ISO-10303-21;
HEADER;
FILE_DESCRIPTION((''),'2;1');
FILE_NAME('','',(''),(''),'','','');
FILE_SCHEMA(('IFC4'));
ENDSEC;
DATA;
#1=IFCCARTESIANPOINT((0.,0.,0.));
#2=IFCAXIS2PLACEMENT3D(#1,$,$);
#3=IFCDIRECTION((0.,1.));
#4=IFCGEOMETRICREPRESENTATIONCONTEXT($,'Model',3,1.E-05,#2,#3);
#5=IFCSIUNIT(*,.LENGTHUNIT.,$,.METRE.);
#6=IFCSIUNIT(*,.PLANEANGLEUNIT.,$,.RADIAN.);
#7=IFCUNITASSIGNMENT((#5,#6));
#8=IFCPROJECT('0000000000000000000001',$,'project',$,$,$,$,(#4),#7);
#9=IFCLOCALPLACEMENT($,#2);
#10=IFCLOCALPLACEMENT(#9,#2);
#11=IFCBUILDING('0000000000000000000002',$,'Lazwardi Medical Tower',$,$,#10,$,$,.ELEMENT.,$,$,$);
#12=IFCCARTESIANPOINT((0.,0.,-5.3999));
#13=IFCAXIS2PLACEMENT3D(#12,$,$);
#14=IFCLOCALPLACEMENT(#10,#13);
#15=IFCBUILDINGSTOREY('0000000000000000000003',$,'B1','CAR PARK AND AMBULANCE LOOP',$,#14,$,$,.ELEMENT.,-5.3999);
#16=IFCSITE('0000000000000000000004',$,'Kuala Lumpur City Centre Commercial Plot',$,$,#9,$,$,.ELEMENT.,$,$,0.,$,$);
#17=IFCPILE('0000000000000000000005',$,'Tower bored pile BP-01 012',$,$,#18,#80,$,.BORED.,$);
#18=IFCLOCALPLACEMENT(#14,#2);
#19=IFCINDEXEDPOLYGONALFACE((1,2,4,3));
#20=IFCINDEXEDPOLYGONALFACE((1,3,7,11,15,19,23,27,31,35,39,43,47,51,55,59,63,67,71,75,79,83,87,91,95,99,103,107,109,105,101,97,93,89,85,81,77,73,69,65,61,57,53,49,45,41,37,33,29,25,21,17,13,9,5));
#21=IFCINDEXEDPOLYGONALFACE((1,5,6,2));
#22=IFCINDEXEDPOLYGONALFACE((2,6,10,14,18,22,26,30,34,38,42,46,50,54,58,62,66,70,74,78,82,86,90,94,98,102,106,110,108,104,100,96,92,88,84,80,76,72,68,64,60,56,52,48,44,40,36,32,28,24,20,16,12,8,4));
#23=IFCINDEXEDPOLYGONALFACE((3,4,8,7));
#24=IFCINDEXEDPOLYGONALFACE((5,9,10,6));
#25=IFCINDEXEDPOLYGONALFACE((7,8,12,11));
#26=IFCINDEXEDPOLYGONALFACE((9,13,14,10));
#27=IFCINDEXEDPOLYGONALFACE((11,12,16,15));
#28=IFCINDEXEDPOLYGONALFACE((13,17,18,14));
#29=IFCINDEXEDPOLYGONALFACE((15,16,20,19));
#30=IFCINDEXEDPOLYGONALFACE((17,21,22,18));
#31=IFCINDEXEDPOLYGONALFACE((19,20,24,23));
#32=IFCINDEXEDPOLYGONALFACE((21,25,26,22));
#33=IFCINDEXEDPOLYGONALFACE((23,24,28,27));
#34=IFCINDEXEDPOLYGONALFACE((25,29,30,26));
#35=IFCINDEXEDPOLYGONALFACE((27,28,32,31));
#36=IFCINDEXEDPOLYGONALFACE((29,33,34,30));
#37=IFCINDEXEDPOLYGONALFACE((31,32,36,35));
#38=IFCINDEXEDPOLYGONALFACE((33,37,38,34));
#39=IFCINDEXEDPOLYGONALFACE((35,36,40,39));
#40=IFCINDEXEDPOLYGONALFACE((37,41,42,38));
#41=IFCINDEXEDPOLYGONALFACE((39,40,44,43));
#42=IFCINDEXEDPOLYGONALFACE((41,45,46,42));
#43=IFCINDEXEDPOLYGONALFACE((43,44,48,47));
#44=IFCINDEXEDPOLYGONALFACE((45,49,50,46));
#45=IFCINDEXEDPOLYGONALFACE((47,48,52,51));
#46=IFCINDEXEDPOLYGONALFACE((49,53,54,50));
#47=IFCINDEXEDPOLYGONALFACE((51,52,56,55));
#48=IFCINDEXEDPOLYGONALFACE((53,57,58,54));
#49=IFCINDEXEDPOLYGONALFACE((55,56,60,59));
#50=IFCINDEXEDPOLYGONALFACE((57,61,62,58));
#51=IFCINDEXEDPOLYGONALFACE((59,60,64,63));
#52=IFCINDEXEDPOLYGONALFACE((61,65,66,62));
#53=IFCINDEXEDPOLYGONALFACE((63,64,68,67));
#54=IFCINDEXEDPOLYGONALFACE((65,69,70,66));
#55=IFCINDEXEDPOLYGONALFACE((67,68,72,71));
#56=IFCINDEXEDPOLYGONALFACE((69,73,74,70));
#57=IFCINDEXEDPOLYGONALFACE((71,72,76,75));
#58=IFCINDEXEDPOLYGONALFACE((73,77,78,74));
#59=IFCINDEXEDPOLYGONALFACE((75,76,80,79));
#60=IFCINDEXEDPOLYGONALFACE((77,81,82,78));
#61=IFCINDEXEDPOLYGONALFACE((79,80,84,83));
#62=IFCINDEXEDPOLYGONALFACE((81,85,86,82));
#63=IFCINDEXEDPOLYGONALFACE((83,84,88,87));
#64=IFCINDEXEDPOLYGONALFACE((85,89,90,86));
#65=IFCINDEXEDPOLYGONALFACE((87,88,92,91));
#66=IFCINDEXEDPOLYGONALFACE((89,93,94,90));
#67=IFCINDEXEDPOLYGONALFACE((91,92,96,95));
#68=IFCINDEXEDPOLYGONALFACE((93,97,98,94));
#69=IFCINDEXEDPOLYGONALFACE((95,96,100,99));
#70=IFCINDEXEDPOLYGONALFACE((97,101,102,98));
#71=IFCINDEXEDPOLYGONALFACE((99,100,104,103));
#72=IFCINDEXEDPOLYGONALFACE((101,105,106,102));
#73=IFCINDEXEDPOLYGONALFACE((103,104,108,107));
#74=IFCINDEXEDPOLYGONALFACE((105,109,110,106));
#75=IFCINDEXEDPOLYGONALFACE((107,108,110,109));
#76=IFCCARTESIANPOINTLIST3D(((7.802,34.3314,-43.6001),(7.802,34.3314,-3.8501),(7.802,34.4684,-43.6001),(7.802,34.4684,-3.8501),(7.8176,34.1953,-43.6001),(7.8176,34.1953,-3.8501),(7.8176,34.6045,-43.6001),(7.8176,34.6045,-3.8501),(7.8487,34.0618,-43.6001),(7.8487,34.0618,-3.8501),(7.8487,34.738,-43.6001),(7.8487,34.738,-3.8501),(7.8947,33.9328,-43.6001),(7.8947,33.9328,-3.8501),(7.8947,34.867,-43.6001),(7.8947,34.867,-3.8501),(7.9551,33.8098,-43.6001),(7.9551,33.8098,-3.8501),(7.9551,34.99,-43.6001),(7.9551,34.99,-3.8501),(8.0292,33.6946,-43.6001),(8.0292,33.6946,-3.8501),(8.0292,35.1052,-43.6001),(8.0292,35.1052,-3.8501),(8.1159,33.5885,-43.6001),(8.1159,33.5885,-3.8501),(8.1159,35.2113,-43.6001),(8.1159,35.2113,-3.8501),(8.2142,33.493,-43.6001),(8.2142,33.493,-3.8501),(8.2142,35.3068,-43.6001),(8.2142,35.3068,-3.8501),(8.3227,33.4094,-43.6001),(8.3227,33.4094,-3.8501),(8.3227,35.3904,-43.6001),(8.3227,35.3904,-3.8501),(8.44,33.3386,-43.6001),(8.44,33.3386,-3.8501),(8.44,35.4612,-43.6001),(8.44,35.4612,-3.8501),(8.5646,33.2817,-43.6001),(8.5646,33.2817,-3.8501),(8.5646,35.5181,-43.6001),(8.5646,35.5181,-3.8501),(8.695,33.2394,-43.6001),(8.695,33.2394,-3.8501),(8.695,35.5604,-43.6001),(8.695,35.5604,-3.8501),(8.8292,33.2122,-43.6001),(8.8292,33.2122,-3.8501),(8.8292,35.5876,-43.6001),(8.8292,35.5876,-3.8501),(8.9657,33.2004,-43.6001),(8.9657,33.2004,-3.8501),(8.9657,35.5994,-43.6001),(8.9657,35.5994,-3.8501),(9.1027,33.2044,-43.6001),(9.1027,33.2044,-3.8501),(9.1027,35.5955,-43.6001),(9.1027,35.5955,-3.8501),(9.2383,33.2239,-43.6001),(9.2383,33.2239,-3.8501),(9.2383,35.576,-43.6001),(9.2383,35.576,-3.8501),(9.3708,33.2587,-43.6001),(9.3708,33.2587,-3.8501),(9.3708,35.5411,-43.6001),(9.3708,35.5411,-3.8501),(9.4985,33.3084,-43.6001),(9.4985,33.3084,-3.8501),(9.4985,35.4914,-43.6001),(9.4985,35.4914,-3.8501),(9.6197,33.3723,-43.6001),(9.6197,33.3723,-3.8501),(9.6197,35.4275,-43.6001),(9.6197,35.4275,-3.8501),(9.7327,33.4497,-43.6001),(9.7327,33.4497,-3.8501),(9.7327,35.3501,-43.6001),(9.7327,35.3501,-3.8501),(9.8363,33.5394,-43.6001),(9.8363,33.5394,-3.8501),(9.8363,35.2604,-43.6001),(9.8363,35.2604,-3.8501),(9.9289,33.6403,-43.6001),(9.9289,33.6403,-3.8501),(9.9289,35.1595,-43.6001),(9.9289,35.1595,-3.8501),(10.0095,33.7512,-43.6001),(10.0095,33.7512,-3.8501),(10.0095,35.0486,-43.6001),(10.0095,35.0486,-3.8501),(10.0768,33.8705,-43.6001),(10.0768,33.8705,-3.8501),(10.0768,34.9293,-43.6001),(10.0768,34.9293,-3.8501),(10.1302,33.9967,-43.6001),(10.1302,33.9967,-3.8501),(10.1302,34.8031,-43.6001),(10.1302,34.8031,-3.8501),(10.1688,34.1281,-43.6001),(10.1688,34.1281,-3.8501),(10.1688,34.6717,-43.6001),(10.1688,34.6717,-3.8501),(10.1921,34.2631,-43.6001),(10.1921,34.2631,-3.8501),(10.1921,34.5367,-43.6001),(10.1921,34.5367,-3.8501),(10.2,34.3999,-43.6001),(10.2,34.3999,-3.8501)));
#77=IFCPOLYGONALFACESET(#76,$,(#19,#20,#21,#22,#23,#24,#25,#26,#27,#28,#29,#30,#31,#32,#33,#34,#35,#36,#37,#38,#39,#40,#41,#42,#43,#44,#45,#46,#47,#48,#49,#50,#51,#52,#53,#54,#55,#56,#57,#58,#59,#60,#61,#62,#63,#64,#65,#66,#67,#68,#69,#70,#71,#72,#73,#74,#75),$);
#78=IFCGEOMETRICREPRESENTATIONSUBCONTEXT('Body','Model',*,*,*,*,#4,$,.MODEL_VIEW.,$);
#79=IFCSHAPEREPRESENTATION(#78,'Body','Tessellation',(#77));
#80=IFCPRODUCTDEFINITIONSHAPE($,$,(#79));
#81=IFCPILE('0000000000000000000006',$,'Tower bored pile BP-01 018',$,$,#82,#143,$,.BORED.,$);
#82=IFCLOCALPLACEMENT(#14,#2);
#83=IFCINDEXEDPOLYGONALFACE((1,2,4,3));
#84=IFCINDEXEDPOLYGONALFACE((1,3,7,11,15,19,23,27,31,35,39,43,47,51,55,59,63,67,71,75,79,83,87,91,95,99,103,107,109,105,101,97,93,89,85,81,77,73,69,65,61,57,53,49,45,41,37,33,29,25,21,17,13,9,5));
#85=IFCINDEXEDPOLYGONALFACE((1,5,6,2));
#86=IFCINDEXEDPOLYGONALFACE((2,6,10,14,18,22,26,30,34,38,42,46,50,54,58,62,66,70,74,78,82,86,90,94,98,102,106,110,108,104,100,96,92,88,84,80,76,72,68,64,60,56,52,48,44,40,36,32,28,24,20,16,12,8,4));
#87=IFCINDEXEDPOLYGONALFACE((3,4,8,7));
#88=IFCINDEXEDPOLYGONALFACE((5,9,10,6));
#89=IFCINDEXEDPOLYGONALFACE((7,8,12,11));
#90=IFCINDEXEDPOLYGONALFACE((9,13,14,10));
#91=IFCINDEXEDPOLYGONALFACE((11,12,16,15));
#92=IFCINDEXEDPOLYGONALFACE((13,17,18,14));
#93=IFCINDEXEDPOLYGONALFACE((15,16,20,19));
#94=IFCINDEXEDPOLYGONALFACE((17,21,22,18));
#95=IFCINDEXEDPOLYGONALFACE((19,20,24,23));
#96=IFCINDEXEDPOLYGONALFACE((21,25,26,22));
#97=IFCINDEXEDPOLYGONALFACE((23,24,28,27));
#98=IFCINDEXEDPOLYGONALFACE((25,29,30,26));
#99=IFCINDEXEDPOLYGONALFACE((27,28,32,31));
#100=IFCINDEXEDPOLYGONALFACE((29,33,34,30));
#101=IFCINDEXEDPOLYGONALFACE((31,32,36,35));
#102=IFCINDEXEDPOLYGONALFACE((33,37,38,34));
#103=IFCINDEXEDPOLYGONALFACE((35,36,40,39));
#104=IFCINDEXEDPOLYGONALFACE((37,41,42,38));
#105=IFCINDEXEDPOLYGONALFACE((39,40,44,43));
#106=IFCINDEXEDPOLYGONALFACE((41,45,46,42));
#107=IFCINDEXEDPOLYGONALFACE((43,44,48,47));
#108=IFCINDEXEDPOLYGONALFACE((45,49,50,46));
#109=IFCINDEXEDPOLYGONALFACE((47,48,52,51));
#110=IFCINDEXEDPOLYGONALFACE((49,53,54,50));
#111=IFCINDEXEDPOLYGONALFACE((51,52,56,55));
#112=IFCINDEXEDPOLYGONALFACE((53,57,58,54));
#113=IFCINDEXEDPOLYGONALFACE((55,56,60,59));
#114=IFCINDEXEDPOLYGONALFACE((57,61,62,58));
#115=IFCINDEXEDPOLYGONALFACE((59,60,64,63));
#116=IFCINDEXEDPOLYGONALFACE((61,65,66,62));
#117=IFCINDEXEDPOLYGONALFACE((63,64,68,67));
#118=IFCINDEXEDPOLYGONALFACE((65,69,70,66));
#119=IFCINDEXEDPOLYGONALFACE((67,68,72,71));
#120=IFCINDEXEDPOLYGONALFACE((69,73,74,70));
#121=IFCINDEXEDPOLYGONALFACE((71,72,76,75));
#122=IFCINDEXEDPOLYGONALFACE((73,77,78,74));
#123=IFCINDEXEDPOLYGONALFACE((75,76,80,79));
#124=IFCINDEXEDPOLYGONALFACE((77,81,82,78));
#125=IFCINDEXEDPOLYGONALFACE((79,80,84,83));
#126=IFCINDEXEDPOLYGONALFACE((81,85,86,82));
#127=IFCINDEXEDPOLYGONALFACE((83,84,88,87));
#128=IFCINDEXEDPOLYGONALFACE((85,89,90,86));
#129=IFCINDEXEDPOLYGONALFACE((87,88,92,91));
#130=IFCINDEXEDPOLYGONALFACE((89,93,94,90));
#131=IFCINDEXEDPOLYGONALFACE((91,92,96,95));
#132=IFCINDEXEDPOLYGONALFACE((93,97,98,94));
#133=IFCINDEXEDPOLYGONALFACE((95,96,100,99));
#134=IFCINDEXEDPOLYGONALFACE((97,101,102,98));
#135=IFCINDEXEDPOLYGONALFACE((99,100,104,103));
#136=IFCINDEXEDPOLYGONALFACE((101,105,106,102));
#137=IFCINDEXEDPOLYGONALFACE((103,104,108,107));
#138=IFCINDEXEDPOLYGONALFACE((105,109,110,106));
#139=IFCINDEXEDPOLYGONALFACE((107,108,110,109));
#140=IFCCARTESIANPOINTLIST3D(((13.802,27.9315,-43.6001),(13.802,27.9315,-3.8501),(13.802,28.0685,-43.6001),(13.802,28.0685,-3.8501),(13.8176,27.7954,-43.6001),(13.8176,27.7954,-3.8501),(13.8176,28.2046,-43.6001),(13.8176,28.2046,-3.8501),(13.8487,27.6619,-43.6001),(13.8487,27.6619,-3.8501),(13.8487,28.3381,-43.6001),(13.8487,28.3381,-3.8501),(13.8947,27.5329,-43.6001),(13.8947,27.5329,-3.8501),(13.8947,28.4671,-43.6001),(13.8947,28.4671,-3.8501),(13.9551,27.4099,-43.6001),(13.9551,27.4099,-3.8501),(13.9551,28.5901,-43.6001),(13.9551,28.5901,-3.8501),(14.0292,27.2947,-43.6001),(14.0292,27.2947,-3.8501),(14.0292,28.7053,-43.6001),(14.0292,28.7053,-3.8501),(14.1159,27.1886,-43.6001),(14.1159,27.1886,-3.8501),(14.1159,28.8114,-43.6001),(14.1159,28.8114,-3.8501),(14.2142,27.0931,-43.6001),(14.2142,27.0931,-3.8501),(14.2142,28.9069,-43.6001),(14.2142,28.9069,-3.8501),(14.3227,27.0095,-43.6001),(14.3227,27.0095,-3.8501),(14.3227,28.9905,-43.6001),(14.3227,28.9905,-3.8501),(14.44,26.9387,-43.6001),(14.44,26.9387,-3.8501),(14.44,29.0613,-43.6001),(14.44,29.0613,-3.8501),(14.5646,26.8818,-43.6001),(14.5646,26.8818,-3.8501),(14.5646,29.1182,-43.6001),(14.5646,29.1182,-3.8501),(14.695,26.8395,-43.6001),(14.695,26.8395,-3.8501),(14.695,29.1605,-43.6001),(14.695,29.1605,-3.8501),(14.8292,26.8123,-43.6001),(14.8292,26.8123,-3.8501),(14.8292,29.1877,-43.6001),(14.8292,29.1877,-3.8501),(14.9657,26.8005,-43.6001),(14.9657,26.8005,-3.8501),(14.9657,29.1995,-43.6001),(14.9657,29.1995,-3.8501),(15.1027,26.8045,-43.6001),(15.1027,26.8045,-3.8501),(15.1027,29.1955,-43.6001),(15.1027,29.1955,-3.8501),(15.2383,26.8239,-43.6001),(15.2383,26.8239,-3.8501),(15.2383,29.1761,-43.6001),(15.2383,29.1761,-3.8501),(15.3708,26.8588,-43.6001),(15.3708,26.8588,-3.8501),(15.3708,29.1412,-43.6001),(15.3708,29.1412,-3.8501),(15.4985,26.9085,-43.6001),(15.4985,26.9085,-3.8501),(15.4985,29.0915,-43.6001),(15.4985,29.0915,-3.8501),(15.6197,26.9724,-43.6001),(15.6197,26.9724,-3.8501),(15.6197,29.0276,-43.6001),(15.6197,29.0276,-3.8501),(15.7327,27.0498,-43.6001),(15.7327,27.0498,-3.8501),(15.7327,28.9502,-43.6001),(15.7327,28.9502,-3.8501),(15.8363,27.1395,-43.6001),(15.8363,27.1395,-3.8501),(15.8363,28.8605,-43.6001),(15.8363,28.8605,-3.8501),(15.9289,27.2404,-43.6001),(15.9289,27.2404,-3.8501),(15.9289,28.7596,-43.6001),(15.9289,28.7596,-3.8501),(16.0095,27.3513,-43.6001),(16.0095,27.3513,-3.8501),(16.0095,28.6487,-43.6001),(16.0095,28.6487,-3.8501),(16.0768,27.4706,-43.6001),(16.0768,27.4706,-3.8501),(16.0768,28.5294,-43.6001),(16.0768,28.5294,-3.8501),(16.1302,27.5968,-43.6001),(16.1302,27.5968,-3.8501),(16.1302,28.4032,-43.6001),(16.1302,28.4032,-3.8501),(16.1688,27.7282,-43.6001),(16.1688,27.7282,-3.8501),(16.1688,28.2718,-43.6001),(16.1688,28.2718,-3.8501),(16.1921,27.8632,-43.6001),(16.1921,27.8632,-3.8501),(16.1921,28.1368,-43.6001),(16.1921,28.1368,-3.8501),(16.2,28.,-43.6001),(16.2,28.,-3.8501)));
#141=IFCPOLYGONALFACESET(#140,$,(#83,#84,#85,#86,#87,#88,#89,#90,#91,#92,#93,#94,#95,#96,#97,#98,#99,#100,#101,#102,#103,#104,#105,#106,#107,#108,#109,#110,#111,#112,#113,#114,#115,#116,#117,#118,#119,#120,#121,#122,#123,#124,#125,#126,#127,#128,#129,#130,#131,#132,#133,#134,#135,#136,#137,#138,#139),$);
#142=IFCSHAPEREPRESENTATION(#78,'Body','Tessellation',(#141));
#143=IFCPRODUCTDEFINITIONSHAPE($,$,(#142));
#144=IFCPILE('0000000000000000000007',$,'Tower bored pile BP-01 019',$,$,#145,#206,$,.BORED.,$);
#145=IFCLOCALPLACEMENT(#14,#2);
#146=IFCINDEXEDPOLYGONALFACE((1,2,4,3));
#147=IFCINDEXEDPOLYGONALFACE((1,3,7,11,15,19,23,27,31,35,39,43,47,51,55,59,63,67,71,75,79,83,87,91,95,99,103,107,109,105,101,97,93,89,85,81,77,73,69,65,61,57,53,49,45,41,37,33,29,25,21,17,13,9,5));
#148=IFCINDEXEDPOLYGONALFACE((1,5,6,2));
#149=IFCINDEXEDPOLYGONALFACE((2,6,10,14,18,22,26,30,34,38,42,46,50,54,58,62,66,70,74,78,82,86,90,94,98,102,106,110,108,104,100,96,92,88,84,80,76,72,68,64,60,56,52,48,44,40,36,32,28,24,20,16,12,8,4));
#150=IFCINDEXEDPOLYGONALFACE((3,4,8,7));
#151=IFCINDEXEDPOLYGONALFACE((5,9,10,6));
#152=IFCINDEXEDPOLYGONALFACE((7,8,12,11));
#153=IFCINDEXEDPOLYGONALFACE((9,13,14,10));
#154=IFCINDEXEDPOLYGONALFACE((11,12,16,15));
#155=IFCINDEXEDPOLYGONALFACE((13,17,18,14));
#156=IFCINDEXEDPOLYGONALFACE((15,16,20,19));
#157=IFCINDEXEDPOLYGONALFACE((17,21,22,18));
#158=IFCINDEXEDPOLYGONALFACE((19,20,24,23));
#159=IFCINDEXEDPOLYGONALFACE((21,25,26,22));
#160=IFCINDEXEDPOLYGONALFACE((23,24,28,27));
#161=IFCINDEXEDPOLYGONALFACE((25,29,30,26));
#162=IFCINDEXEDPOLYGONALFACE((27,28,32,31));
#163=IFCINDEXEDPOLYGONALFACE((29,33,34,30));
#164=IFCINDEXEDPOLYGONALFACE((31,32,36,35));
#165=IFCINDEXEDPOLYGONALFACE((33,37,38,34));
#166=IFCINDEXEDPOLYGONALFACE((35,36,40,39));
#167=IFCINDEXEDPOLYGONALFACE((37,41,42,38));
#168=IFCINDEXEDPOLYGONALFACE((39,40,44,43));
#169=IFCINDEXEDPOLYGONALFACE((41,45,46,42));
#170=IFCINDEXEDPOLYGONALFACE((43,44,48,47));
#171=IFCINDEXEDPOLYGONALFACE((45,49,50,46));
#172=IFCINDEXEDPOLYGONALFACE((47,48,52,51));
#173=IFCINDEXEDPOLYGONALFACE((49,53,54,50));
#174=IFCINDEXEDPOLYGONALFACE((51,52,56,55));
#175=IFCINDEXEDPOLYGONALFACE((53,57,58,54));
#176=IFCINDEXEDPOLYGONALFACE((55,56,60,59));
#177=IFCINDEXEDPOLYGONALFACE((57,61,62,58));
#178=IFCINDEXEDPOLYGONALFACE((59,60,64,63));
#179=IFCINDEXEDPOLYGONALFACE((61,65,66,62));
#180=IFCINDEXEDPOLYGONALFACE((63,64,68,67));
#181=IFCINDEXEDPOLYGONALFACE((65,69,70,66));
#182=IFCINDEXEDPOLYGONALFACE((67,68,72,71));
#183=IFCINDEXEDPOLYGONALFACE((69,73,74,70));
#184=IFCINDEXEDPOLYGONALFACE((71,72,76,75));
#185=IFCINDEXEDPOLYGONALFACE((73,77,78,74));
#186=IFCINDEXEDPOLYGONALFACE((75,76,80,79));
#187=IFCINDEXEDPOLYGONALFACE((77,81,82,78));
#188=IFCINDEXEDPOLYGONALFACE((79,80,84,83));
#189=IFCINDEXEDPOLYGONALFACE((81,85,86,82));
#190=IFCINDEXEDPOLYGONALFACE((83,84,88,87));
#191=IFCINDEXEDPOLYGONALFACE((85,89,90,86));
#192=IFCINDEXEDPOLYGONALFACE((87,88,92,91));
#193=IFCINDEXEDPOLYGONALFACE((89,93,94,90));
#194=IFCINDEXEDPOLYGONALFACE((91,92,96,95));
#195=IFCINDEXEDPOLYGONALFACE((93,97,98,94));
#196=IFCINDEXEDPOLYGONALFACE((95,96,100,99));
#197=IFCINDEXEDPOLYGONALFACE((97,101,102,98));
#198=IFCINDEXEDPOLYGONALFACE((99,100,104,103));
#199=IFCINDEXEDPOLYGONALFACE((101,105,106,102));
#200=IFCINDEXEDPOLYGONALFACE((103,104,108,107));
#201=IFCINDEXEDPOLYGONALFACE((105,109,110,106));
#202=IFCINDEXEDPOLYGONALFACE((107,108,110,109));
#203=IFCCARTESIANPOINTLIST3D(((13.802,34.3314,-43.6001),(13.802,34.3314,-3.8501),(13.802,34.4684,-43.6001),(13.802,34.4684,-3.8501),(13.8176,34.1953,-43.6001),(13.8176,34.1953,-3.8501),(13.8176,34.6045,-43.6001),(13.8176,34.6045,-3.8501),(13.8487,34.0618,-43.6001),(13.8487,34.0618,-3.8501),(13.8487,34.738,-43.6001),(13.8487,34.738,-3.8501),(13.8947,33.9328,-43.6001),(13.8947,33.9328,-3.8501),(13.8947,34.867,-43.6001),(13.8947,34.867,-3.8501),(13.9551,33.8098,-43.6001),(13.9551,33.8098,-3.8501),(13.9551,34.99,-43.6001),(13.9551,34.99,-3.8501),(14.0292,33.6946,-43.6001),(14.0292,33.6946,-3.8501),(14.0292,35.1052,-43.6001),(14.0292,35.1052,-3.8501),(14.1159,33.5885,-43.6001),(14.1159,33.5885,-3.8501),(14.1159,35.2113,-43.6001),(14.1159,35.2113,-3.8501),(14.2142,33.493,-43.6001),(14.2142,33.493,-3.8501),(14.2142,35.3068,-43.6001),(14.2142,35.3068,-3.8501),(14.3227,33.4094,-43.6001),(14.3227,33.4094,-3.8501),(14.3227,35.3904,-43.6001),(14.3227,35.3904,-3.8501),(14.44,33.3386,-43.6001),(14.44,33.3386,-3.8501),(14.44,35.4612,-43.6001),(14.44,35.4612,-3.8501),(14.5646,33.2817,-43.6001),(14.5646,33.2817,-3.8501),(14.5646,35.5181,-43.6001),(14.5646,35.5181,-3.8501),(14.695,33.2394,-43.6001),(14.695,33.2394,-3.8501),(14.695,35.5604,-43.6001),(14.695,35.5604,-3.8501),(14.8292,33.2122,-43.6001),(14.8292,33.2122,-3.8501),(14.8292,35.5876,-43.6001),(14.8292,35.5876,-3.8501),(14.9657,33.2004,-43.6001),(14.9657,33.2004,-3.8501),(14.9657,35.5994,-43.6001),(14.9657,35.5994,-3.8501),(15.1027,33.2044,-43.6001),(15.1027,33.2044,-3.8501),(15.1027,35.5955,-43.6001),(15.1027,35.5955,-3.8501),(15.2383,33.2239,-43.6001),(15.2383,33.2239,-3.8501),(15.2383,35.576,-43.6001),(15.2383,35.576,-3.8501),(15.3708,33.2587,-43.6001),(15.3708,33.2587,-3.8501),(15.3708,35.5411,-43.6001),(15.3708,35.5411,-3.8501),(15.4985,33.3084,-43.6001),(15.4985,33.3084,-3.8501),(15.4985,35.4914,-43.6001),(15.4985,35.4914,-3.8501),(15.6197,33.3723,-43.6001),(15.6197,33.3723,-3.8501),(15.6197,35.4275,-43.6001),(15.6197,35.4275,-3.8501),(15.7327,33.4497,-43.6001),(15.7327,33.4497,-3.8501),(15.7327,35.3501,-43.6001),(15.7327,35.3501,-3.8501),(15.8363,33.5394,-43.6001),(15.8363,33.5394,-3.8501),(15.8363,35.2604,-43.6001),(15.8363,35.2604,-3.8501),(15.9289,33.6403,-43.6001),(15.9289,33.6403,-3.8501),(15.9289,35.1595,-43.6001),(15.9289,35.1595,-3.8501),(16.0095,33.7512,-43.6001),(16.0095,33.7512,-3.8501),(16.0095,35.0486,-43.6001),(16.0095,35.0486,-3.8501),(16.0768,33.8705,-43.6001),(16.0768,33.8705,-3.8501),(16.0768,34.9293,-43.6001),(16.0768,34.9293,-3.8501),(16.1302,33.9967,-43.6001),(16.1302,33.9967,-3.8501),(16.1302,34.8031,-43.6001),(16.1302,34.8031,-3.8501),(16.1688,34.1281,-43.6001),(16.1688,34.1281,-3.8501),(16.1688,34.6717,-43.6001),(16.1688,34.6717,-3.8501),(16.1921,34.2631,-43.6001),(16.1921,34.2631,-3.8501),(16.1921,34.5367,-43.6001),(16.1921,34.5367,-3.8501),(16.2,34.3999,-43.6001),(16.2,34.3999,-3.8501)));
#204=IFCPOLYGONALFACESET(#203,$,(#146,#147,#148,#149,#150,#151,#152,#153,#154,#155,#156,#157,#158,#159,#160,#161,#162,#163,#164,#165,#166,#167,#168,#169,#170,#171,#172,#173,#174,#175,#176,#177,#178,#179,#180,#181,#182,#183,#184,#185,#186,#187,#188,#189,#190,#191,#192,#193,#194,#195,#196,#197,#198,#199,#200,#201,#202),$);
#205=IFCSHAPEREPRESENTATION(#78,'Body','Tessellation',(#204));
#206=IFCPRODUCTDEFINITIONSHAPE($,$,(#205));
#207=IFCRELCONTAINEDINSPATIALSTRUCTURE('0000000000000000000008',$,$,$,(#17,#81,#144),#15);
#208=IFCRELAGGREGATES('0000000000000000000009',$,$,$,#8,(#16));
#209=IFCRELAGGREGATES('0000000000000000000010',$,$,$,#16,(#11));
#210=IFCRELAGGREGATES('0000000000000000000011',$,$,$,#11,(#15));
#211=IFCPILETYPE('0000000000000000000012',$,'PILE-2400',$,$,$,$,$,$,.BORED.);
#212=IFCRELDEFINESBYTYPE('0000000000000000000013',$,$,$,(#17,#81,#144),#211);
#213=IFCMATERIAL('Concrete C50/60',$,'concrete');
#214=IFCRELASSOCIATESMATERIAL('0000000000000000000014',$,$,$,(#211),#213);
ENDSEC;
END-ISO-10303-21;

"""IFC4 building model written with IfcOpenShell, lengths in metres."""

from ifc_helpers import new_model, si_unit, direction, frame, origin, origin_2d, place, context, subcontext, project, spatial, circle, extrude, material, material_profile, profile_set, type_object, element, save


model = new_model("IFC4")

# Units and contexts
model_context = context("Model", 3, precision=1e-05, world=origin(), true_north=direction((0.0, 1.0)))
body_context = subcontext(model_context, "Body", "Model", "MODEL_VIEW")
ifc_project = project(units=[si_unit("LENGTHUNIT", "METRE"), si_unit("PLANEANGLEUNIT", "RADIAN")], contexts=[model_context])

# Site, building, storey
site_placement = place(None, origin())
site = spatial("IfcSite", under=ifc_project, at=site_placement, Name="Kuala Lumpur City Centre Commercial Plot", CompositionType="ELEMENT", RefElevation=0.0)
building_placement = place(site_placement, origin())
building = spatial("IfcBuilding", under=site, at=building_placement, Name="Lazwardi Medical Tower", CompositionType="ELEMENT")
storey_placement = place(building_placement, frame((0.0, 0.0, -5.3999)))
storey = spatial("IfcBuildingStorey", under=building, at=storey_placement, Name="B1", Description="CAR PARK AND AMBULANCE LOOP", CompositionType="ELEMENT", Elevation=-5.3999)

# Piles
ifc_material_1 = material(Name="Concrete C50/60", Category="concrete")
ifc_material_profile_1 = material_profile(ifc_material_1, circle(Radius=1.2, at=origin_2d()), Name="BORED PILE D2400")
ifc_profile_set_1 = profile_set([ifc_material_profile_1], Name="Concrete C50/60")
pile_type = type_object("IfcPileType", Name="PILE-2400", PredefinedType="BORED", material=ifc_profile_set_1)
for number, where, z_axis, x_axis, name in (
    (1, (9.0, 34.3999, -3.8501), (0.0, 0.0, -1.0), (1.0, 0.0, 0.0), "Tower bored pile BP-01 012"),
    (2, (15.0, 28.0, -3.8501), (0.0, 0.0, -1.0), (1.0, 0.0, 0.0), "Tower bored pile BP-01 018"),
    (3, (15.0, 34.3999, -3.8501), (0.0, 0.0, -1.0), (1.0, 0.0, 0.0), "Tower bored pile BP-01 019"),
):
    element("IfcPile", number, at=place(storey_placement, frame(where, z_axis=z_axis, x_axis=x_axis)), inside=storey, type_object=pile_type, Name=name, PredefinedType="BORED", context=body_context, shape_type="SweptSolid", body=[
        extrude(circle(Radius=1.2, at=origin_2d()), origin(), (0.0, 0.0, 1.0), 39.75),
    ])

save(model, "model.ifc")
